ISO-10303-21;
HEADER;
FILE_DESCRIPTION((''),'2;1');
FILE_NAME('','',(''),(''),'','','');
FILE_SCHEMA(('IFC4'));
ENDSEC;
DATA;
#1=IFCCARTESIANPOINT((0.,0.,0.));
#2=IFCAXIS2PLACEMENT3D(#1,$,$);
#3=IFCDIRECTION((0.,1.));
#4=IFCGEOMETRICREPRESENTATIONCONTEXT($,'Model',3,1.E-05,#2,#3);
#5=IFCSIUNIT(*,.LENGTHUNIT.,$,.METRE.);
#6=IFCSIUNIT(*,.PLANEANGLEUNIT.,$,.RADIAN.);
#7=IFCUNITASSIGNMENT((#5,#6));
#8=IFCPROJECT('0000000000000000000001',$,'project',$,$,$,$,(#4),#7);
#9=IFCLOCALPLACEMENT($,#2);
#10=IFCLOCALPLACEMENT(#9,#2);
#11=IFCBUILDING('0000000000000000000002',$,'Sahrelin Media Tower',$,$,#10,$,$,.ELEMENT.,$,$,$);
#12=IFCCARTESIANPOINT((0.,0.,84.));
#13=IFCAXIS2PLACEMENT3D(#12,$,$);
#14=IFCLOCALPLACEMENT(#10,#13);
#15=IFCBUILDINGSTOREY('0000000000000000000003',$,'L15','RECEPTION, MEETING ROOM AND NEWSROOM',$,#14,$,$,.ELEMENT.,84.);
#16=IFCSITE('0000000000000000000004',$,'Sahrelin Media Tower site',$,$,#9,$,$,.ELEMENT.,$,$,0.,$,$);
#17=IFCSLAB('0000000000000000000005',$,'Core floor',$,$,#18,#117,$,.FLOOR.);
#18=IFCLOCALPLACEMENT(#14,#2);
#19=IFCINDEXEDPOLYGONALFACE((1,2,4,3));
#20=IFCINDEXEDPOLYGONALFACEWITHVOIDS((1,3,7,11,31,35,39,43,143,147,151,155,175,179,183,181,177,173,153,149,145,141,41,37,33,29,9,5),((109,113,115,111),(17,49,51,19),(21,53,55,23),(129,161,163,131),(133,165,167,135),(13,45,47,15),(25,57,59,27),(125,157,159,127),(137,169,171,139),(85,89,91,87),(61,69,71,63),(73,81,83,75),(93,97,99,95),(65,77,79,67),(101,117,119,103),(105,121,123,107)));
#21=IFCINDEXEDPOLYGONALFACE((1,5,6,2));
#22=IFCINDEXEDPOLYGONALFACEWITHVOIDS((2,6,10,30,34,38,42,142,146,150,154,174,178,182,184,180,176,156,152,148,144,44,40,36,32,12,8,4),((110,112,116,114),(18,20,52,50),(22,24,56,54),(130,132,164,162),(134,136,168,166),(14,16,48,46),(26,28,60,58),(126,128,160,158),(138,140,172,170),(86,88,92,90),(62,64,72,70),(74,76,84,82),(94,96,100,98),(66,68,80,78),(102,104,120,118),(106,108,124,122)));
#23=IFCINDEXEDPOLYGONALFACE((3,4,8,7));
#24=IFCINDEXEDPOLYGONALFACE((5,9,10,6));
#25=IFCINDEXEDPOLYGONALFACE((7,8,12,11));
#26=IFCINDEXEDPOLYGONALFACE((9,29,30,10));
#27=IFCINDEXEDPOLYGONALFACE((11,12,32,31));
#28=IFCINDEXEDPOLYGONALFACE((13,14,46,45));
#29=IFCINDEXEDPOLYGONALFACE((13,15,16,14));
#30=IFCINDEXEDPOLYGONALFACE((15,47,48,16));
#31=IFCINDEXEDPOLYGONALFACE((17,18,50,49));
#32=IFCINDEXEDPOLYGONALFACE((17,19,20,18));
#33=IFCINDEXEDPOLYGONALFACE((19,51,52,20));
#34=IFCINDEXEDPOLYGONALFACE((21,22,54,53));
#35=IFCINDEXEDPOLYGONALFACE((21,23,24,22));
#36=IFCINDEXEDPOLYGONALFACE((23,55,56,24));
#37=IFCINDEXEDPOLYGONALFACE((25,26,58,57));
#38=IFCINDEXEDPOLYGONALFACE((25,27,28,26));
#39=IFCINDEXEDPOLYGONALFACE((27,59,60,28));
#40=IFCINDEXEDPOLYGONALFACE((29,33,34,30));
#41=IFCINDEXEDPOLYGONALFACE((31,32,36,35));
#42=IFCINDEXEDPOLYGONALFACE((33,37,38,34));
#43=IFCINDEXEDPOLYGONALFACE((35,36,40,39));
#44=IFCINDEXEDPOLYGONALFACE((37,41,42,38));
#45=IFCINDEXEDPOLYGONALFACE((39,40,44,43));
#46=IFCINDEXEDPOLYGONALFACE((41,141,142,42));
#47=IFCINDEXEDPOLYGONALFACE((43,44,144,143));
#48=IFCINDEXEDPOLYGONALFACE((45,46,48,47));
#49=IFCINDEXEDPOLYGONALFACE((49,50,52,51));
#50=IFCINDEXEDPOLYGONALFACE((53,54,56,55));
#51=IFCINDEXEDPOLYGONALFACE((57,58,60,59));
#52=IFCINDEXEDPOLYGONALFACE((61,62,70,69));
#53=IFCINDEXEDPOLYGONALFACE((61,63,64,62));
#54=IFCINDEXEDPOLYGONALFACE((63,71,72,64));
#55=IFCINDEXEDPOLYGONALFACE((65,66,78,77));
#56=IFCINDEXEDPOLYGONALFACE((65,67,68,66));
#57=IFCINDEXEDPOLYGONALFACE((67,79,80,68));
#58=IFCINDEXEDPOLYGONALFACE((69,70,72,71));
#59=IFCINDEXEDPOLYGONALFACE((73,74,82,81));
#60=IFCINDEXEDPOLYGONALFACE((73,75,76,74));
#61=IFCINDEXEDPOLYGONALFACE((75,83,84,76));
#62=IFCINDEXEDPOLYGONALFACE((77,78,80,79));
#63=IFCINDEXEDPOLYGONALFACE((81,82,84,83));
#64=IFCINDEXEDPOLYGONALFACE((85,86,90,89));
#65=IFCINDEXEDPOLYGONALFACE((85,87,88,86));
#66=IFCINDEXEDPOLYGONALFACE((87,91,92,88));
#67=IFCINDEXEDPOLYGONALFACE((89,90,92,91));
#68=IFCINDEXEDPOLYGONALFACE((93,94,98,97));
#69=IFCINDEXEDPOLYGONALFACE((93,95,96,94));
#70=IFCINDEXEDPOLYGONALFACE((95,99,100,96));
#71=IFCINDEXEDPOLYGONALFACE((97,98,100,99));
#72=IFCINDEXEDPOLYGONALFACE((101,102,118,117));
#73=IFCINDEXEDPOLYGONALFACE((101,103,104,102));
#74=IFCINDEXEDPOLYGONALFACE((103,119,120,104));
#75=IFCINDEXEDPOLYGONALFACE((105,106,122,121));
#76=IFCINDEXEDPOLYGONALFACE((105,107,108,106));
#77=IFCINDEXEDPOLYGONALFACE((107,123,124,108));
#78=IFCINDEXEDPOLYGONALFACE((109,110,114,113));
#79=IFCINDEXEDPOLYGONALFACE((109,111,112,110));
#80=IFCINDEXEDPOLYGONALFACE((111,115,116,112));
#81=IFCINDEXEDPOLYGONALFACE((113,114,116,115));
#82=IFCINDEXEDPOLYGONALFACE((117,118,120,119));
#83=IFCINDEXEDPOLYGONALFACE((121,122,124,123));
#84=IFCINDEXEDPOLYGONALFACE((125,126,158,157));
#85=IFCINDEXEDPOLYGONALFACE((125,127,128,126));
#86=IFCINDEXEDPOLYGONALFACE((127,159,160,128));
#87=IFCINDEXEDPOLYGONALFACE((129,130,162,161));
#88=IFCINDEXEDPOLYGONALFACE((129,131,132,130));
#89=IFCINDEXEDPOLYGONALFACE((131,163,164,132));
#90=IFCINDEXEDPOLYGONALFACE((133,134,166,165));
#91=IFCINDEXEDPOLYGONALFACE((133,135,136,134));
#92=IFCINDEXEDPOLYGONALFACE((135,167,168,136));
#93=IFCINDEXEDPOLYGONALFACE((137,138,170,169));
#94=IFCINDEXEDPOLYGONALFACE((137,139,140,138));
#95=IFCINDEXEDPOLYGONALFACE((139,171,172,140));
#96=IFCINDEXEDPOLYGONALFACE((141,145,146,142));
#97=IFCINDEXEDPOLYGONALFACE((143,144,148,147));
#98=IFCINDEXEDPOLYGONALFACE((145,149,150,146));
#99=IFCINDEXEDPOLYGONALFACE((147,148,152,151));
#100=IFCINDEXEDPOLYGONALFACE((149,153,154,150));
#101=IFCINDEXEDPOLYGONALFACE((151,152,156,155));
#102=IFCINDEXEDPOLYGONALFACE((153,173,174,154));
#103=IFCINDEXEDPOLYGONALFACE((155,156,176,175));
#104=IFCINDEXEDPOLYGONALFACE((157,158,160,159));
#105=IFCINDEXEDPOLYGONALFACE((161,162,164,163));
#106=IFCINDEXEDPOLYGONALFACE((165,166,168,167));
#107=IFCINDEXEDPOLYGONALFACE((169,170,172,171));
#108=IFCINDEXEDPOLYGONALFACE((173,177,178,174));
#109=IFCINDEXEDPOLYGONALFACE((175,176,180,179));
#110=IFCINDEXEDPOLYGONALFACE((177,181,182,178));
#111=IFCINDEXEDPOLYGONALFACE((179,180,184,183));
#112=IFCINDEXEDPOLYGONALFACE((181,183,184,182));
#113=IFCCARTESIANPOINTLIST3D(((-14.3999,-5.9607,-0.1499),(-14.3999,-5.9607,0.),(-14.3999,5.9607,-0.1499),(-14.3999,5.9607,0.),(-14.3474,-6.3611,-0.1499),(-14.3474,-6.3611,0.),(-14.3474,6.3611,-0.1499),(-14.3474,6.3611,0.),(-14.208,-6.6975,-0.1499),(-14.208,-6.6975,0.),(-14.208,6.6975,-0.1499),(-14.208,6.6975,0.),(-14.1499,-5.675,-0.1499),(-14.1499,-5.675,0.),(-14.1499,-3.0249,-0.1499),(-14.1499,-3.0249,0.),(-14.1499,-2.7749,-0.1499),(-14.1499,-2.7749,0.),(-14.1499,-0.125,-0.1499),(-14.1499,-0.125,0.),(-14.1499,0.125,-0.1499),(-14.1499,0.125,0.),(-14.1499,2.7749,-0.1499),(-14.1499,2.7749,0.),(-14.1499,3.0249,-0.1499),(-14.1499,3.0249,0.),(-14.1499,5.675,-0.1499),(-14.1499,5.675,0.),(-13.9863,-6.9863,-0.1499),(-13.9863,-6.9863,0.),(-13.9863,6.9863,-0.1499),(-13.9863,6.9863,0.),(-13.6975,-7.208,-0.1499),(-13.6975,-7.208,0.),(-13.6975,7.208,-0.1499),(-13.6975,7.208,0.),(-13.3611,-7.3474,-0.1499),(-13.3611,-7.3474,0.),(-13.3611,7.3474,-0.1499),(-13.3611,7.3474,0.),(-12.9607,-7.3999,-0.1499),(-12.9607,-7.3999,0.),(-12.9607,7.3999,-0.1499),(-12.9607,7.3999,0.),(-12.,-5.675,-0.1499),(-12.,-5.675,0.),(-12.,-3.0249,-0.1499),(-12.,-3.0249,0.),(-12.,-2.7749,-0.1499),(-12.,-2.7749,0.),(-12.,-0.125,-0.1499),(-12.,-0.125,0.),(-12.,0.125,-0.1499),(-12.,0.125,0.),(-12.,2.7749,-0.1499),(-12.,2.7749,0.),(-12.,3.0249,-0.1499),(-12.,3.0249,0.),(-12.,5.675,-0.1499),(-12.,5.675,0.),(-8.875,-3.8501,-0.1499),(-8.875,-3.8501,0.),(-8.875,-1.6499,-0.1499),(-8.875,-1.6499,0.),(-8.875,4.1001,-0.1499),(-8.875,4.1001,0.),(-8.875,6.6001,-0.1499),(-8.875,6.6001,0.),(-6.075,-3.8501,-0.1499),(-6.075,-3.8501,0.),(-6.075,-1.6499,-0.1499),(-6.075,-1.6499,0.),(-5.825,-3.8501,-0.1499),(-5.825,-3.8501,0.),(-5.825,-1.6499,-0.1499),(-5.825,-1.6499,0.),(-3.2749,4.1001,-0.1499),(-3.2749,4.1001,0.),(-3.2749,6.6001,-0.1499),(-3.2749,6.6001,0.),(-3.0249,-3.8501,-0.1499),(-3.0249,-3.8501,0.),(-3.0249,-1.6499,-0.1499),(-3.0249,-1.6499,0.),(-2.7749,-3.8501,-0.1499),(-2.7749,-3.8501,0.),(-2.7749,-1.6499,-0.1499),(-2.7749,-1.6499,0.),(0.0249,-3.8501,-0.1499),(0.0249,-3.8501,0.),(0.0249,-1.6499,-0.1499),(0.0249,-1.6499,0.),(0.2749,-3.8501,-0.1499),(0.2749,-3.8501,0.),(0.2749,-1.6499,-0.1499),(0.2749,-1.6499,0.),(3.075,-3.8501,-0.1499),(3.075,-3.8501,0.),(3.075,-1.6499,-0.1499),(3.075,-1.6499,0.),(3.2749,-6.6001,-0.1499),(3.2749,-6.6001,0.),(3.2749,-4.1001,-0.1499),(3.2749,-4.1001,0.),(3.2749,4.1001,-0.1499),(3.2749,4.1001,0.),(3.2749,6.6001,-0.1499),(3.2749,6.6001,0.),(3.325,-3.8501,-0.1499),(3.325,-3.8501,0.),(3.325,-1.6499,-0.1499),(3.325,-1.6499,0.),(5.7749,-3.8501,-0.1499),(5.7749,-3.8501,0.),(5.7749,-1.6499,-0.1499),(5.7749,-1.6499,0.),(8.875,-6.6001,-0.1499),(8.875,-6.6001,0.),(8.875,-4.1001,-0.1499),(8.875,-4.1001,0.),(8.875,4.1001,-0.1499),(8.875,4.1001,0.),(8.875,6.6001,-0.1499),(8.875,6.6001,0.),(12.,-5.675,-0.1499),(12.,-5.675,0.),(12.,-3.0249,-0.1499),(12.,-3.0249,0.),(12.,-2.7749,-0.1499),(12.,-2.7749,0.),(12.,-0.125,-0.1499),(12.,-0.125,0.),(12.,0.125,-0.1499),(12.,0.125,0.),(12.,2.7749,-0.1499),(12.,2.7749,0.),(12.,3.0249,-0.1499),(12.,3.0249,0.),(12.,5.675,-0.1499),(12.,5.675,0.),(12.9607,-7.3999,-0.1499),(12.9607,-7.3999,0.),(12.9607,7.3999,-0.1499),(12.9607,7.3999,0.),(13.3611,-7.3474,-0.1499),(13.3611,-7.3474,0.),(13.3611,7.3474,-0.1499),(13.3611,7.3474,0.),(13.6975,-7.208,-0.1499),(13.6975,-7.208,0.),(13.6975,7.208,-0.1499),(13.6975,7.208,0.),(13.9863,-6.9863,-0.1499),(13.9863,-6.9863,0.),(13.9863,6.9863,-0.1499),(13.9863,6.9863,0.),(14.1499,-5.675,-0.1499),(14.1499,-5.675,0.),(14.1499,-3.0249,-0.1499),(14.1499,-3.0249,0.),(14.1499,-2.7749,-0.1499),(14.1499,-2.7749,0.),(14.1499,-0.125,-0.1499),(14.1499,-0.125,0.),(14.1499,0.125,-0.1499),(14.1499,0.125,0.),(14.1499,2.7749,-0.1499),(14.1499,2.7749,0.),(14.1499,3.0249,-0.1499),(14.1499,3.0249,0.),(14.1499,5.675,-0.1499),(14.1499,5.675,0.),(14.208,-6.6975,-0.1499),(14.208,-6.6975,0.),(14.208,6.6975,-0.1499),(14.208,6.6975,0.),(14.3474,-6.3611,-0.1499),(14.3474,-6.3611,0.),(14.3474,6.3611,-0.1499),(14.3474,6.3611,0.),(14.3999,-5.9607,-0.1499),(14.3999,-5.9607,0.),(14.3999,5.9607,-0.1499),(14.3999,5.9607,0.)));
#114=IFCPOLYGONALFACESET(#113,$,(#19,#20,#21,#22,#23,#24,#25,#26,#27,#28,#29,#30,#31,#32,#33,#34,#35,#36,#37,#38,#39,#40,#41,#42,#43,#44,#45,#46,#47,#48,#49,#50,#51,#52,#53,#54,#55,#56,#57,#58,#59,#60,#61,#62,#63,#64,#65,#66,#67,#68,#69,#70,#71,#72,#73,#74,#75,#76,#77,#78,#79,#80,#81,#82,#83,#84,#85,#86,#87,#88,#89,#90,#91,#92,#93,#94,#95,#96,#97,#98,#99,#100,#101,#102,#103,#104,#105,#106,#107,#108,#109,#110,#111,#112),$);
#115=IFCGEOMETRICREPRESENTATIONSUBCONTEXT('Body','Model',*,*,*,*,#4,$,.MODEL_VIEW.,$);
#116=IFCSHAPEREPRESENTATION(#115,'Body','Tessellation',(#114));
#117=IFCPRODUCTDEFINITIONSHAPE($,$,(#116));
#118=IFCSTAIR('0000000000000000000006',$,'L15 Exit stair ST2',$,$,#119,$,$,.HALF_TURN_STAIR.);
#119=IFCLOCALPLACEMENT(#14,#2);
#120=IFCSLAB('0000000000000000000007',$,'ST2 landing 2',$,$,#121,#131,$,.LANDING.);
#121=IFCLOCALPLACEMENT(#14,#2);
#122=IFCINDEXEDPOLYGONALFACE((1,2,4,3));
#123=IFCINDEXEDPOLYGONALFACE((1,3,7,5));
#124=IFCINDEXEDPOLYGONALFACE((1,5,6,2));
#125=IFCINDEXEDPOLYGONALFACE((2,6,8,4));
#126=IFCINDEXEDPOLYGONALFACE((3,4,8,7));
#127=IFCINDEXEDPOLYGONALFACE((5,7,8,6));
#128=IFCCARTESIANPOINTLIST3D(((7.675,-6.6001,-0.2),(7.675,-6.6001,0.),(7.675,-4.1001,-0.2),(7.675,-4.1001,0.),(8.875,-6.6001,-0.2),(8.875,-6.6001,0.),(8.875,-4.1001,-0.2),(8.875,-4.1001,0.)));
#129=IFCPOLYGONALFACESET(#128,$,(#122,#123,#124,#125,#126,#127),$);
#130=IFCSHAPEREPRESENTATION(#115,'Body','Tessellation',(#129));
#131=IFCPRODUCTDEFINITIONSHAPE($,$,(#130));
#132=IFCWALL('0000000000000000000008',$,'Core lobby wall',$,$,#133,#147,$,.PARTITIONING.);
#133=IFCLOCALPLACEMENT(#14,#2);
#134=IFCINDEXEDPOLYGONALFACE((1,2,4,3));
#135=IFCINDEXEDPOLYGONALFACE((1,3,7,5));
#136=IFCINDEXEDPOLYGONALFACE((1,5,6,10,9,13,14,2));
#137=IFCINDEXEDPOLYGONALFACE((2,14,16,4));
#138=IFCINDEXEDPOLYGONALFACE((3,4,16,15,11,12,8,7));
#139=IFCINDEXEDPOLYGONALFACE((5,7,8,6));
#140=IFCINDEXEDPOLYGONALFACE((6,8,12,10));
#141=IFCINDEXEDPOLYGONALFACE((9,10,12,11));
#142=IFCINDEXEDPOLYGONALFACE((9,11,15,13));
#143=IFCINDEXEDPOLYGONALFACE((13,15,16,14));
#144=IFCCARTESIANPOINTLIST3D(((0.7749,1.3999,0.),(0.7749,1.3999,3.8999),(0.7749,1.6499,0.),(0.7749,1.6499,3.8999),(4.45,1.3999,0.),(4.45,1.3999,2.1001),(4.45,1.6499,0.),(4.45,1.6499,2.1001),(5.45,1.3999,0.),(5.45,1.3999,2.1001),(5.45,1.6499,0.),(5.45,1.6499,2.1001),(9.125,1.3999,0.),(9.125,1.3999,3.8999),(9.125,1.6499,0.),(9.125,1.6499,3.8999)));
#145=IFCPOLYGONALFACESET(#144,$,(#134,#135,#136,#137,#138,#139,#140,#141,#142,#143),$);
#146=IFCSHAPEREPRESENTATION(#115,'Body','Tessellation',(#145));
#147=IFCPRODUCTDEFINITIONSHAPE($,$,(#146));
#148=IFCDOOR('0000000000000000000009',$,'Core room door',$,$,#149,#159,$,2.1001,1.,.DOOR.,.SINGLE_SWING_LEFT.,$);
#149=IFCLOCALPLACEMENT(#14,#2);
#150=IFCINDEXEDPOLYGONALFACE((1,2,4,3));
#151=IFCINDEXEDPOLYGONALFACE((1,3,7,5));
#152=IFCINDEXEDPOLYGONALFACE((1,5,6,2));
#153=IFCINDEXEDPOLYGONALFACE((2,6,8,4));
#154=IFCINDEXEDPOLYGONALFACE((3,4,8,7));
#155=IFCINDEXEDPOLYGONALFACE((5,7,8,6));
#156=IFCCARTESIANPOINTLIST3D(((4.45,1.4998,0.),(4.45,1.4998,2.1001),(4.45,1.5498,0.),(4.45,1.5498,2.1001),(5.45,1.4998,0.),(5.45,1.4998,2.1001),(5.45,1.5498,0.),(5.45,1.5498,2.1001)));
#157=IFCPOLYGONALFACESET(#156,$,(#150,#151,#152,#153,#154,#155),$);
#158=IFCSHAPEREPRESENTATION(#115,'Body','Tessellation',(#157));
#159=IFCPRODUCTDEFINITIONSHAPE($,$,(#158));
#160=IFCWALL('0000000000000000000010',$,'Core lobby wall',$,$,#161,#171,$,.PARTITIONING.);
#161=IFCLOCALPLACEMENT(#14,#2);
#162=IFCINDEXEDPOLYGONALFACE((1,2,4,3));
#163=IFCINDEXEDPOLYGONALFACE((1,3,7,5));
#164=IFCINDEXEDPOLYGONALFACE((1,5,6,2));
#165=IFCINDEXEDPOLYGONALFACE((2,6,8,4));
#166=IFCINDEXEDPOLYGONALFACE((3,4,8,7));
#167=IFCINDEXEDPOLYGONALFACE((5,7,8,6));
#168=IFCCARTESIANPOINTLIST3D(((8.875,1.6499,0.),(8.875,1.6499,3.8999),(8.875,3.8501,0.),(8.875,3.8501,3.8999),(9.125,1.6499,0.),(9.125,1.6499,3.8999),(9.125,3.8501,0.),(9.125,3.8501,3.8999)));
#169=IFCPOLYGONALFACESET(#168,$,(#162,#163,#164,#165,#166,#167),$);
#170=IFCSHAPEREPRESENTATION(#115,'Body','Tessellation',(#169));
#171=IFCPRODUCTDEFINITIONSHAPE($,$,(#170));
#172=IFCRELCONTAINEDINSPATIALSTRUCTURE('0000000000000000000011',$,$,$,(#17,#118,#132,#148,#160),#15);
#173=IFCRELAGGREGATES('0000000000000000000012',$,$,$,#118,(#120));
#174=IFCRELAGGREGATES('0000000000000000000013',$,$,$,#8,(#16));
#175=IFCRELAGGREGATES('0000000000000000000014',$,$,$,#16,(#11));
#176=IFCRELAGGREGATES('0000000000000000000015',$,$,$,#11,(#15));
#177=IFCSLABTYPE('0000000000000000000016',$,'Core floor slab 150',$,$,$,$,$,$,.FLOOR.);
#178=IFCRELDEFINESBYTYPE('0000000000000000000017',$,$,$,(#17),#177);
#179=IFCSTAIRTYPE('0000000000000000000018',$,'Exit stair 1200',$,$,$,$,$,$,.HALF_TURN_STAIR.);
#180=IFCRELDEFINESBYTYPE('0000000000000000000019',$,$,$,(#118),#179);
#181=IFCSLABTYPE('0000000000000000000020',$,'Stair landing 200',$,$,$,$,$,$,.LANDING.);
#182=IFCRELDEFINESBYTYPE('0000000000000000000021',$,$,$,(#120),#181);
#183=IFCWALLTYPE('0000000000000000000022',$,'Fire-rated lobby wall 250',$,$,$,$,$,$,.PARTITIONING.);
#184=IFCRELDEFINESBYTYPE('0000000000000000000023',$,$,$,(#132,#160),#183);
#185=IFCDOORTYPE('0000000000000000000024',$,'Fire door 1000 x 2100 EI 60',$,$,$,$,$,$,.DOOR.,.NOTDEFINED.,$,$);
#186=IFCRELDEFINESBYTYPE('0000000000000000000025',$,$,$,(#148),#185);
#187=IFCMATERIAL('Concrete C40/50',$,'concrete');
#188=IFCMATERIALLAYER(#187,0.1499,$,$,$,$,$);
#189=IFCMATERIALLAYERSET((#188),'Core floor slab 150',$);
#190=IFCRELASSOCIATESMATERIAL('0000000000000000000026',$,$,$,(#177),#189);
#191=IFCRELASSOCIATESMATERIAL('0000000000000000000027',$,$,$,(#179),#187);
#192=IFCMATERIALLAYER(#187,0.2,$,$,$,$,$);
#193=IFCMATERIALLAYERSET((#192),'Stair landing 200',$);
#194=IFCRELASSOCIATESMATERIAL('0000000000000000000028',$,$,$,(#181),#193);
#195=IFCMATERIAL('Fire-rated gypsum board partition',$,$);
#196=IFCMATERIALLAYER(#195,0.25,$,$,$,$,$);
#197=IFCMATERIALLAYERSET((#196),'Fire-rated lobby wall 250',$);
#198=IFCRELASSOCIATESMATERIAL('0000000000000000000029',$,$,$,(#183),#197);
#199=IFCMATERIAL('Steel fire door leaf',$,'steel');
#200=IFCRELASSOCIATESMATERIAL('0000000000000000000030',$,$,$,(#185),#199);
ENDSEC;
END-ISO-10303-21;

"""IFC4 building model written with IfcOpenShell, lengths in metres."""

from ifc_helpers import new_model, si_unit, direction, frame, frame_2d, origin, place, context, subcontext, project, spatial, polyline, rectangle, outline, extrude, material, layer, layer_set, type_object, element, fill, aggregate, save


model = new_model("IFC4")

# Units and contexts
model_context = context("Model", 3, precision=1e-05, world=origin(), true_north=direction((0.0, 1.0)))
body_context = subcontext(model_context, "Body", "Model", "MODEL_VIEW")
ifc_project = project(units=[si_unit("LENGTHUNIT", "METRE"), si_unit("PLANEANGLEUNIT", "RADIAN")], contexts=[model_context])

# Site, building, storey
site_placement = place(None, origin())
site = spatial("IfcSite", under=ifc_project, at=site_placement, Name="Sahrelin Media Tower site", CompositionType="ELEMENT", RefElevation=0.0)
building_placement = place(site_placement, origin())
building = spatial("IfcBuilding", under=site, at=building_placement, Name="Sahrelin Media Tower", CompositionType="ELEMENT")
storey_placement = place(building_placement, frame((0.0, 0.0, 84.0)))
storey = spatial("IfcBuildingStorey", under=building, at=storey_placement, Name="L15", Description="RECEPTION, MEETING ROOM AND NEWSROOM", CompositionType="ELEMENT", Elevation=84.0)

# Slab
ifc_material_1 = material(Name="Concrete C40/50", Category="concrete")
ifc_layer_1 = layer(ifc_material_1, 0.1499)
ifc_layer_set_1 = layer_set([ifc_layer_1], Name="Core floor slab 150")
slab_type_1 = type_object("IfcSlabType", Name="Core floor slab 150", PredefinedType="FLOOR", material=ifc_layer_set_1)
slab_1_placement = place(storey_placement, frame((0.0, 0.0, -0.1499)))
element("IfcSlab", 1, at=slab_1_placement, inside=storey, type_object=slab_type_1, Name="Core floor", PredefinedType="FLOOR", context=body_context, shape_type="SweptSolid", body=[
    extrude(outline(polyline([(-14.3474, 6.3611), (-14.3999, 5.9607), (-14.3999, -5.9607), (-14.3474, -6.3611), (-14.208, -6.6975), (-13.9863, -6.9863), (-13.6975, -7.208), (-13.3611, -7.3474), (-12.9607, -7.3999), (12.9607, -7.3999), (13.3611, -7.3474), (13.6975, -7.208), (13.9863, -6.9863), (14.208, -6.6975), (14.3474, -6.3611), (14.3999, -5.9607), (14.3999, 5.9607), (14.3474, 6.3611), (14.208, 6.6975), (13.9863, 6.9863), (13.6975, 7.208), (13.3611, 7.3474), (12.9607, 7.3999), (-12.9607, 7.3999), (-13.3611, 7.3474), (-13.6975, 7.208), (-13.9863, 6.9863), (-14.208, 6.6975), (-14.3474, 6.3611)]), holes=[polyline([(-12.0, 3.0249), (-12.0, 5.675), (-14.1499, 5.675), (-14.1499, 3.0249), (-12.0, 3.0249)]), polyline([(-14.1499, 0.125), (-12.0, 0.125), (-12.0, 2.7749), (-14.1499, 2.7749), (-14.1499, 0.125)]), polyline([(-14.1499, -0.125), (-14.1499, -2.7749), (-12.0, -2.7749), (-12.0, -0.125), (-14.1499, -0.125)]), polyline([(-12.0, -3.0249), (-14.1499, -3.0249), (-14.1499, -5.675), (-12.0, -5.675), (-12.0, -3.0249)]), polyline([(14.1499, 3.0249), (14.1499, 5.675), (12.0, 5.675), (12.0, 3.0249), (14.1499, 3.0249)]), polyline([(12.0, 0.125), (14.1499, 0.125), (14.1499, 2.7749), (12.0, 2.7749), (12.0, 0.125)]), polyline([(12.0, -0.125), (12.0, -2.7749), (14.1499, -2.7749), (14.1499, -0.125), (12.0, -0.125)]), polyline([(14.1499, -3.0249), (12.0, -3.0249), (12.0, -5.675), (14.1499, -5.675), (14.1499, -3.0249)]), polyline([(-6.075, -3.8501), (-6.075, -1.6499), (-8.875, -1.6499), (-8.875, -3.8501), (-6.075, -3.8501)]), polyline([(-5.825, -3.8501), (-3.0249, -3.8501), (-3.0249, -1.6499), (-5.825, -1.6499), (-5.825, -3.8501)]), polyline([(-2.7749, -1.6499), (-2.7749, -3.8501), (0.0249, -3.8501), (0.0249, -1.6499), (-2.7749, -1.6499)]), polyline([(3.075, -1.6499), (0.2749, -1.6499), (0.2749, -3.8501), (3.075, -3.8501), (3.075, -1.6499)]), polyline([(5.7749, -3.8501), (5.7749, -1.6499), (3.325, -1.6499), (3.325, -3.8501), (5.7749, -3.8501)]), polyline([(-8.875, 6.6001), (-8.875, 4.1001), (-3.2749, 4.1001), (-3.2749, 6.6001), (-8.875, 6.6001)]), polyline([(3.2749, 4.1001), (8.875, 4.1001), (8.875, 6.6001), (3.2749, 6.6001), (3.2749, 4.1001)]), polyline([(3.2749, -4.1001), (3.2749, -6.6001), (8.875, -6.6001), (8.875, -4.1001), (3.2749, -4.1001)])]), origin(), (0.0, 0.0, 1.0), 0.1499),
])

# Stair, slab
stair_type = type_object("IfcStairType", Name="Exit stair 1200", PredefinedType="HALF_TURN_STAIR", material=ifc_material_1)
placement = place(storey_placement, origin())
stair = element("IfcStair", 2, at=placement, inside=storey, type_object=stair_type, Name="L15 Exit stair ST2", PredefinedType="HALF_TURN_STAIR")
ifc_layer_2 = layer(ifc_material_1, 0.2)
ifc_layer_set_2 = layer_set([ifc_layer_2], Name="Stair landing 200")
slab_type_2 = type_object("IfcSlabType", Name="Stair landing 200", PredefinedType="LANDING", material=ifc_layer_set_2)
slab_2_placement = place(storey_placement, frame((0.0, 0.0, -0.2)))
slab_2 = element("IfcSlab", 3, at=slab_2_placement, type_object=slab_type_2, Name="ST2 landing 2", PredefinedType="LANDING", context=body_context, shape_type="SweptSolid", body=[
    extrude(outline(polyline([(8.875, -4.1001), (7.675, -4.1001), (7.675, -6.6001), (8.875, -6.6001), (8.875, -4.1001)])), origin(), (0.0, 0.0, 1.0), 0.2),
])
aggregate(stair, [slab_2])

# Wall, opening, door
ifc_material_2 = material(Name="Fire-rated gypsum board partition")
ifc_layer_3 = layer(ifc_material_2, 0.25)
ifc_layer_set_3 = layer_set([ifc_layer_3], Name="Fire-rated lobby wall 250")
wall_type_1 = type_object("IfcWallType", Name="Fire-rated lobby wall 250", PredefinedType="PARTITIONING", material=ifc_layer_set_3)
wall_1_placement = place(storey_placement, frame((0.7749, 1.5249, 0.0), z_axis=(0.0, 0.0, 1.0), x_axis=(1.0, 0.0, 0.0)))
wall_1 = element("IfcWall", 4, at=wall_1_placement, inside=storey, type_object=wall_type_1, Name="Core lobby wall", PredefinedType="PARTITIONING", context=body_context, shape_type="SweptSolid", body=[
    extrude(rectangle(XDim=8.3501, YDim=0.25, at=frame_2d((4.175, 0.0))), origin(), (0.0, 0.0, 1.0), 3.8999),
])
opening_1_placement = place(wall_1_placement, frame((3.675, 0.0, 0.0)))
opening_1 = element("IfcOpeningElement", 5, at=opening_1_placement, cuts=wall_1, PredefinedType="OPENING", context=body_context, shape_type="SweptSolid", body=[
    extrude(rectangle(XDim=1.0, YDim=2.1001, at=frame_2d((0.5, 1.05))), frame((0.0, 0.125, 0.0), z_axis=(0.0, -1.0, 0.0), x_axis=(1.0, 0.0, 0.0)), (0.0, 0.0, 1.0), 0.25),
])
ifc_material_3 = material(Name="Steel fire door leaf", Category="steel")
door_type_1 = type_object("IfcDoorType", Name="Fire door 1000 x 2100 EI 60", OperationType="NOTDEFINED", PredefinedType="DOOR", material=ifc_material_3)
door_1_placement = place(opening_1_placement, origin())
door_1 = element("IfcDoor", 6, at=door_1_placement, inside=storey, type_object=door_type_1, Name="Core room door", OperationType="SINGLE_SWING_LEFT", OverallHeight=2.1001, OverallWidth=1.0, PredefinedType="DOOR", context=body_context, shape_type="SweptSolid", body=[
    extrude(rectangle(XDim=1.0, YDim=2.1001, at=frame_2d((0.5, 1.05))), frame((0.0, 0.0249, 0.0), z_axis=(0.0, -1.0, 0.0), x_axis=(1.0, 0.0, 0.0)), (0.0, 0.0, 1.0), 0.05),
])
fill(opening_1, door_1)

# Wall
for number, where, z_axis, x_axis, name in (
    (7, (9.0, 1.6499, 0.0), (0.0, 0.0, 1.0), (0.0, 1.0, 0.0), "Core lobby wall"),
):
    element("IfcWall", number, at=place(storey_placement, frame(where, z_axis=z_axis, x_axis=x_axis)), inside=storey, type_object=wall_type_1, Name=name, PredefinedType="PARTITIONING", context=body_context, shape_type="SweptSolid", body=[
        extrude(rectangle(XDim=2.2002, YDim=0.25, at=frame_2d((1.1001, 0.0))), origin(), (0.0, 0.0, 1.0), 3.8999),
    ])

save(model, "model.ifc")
